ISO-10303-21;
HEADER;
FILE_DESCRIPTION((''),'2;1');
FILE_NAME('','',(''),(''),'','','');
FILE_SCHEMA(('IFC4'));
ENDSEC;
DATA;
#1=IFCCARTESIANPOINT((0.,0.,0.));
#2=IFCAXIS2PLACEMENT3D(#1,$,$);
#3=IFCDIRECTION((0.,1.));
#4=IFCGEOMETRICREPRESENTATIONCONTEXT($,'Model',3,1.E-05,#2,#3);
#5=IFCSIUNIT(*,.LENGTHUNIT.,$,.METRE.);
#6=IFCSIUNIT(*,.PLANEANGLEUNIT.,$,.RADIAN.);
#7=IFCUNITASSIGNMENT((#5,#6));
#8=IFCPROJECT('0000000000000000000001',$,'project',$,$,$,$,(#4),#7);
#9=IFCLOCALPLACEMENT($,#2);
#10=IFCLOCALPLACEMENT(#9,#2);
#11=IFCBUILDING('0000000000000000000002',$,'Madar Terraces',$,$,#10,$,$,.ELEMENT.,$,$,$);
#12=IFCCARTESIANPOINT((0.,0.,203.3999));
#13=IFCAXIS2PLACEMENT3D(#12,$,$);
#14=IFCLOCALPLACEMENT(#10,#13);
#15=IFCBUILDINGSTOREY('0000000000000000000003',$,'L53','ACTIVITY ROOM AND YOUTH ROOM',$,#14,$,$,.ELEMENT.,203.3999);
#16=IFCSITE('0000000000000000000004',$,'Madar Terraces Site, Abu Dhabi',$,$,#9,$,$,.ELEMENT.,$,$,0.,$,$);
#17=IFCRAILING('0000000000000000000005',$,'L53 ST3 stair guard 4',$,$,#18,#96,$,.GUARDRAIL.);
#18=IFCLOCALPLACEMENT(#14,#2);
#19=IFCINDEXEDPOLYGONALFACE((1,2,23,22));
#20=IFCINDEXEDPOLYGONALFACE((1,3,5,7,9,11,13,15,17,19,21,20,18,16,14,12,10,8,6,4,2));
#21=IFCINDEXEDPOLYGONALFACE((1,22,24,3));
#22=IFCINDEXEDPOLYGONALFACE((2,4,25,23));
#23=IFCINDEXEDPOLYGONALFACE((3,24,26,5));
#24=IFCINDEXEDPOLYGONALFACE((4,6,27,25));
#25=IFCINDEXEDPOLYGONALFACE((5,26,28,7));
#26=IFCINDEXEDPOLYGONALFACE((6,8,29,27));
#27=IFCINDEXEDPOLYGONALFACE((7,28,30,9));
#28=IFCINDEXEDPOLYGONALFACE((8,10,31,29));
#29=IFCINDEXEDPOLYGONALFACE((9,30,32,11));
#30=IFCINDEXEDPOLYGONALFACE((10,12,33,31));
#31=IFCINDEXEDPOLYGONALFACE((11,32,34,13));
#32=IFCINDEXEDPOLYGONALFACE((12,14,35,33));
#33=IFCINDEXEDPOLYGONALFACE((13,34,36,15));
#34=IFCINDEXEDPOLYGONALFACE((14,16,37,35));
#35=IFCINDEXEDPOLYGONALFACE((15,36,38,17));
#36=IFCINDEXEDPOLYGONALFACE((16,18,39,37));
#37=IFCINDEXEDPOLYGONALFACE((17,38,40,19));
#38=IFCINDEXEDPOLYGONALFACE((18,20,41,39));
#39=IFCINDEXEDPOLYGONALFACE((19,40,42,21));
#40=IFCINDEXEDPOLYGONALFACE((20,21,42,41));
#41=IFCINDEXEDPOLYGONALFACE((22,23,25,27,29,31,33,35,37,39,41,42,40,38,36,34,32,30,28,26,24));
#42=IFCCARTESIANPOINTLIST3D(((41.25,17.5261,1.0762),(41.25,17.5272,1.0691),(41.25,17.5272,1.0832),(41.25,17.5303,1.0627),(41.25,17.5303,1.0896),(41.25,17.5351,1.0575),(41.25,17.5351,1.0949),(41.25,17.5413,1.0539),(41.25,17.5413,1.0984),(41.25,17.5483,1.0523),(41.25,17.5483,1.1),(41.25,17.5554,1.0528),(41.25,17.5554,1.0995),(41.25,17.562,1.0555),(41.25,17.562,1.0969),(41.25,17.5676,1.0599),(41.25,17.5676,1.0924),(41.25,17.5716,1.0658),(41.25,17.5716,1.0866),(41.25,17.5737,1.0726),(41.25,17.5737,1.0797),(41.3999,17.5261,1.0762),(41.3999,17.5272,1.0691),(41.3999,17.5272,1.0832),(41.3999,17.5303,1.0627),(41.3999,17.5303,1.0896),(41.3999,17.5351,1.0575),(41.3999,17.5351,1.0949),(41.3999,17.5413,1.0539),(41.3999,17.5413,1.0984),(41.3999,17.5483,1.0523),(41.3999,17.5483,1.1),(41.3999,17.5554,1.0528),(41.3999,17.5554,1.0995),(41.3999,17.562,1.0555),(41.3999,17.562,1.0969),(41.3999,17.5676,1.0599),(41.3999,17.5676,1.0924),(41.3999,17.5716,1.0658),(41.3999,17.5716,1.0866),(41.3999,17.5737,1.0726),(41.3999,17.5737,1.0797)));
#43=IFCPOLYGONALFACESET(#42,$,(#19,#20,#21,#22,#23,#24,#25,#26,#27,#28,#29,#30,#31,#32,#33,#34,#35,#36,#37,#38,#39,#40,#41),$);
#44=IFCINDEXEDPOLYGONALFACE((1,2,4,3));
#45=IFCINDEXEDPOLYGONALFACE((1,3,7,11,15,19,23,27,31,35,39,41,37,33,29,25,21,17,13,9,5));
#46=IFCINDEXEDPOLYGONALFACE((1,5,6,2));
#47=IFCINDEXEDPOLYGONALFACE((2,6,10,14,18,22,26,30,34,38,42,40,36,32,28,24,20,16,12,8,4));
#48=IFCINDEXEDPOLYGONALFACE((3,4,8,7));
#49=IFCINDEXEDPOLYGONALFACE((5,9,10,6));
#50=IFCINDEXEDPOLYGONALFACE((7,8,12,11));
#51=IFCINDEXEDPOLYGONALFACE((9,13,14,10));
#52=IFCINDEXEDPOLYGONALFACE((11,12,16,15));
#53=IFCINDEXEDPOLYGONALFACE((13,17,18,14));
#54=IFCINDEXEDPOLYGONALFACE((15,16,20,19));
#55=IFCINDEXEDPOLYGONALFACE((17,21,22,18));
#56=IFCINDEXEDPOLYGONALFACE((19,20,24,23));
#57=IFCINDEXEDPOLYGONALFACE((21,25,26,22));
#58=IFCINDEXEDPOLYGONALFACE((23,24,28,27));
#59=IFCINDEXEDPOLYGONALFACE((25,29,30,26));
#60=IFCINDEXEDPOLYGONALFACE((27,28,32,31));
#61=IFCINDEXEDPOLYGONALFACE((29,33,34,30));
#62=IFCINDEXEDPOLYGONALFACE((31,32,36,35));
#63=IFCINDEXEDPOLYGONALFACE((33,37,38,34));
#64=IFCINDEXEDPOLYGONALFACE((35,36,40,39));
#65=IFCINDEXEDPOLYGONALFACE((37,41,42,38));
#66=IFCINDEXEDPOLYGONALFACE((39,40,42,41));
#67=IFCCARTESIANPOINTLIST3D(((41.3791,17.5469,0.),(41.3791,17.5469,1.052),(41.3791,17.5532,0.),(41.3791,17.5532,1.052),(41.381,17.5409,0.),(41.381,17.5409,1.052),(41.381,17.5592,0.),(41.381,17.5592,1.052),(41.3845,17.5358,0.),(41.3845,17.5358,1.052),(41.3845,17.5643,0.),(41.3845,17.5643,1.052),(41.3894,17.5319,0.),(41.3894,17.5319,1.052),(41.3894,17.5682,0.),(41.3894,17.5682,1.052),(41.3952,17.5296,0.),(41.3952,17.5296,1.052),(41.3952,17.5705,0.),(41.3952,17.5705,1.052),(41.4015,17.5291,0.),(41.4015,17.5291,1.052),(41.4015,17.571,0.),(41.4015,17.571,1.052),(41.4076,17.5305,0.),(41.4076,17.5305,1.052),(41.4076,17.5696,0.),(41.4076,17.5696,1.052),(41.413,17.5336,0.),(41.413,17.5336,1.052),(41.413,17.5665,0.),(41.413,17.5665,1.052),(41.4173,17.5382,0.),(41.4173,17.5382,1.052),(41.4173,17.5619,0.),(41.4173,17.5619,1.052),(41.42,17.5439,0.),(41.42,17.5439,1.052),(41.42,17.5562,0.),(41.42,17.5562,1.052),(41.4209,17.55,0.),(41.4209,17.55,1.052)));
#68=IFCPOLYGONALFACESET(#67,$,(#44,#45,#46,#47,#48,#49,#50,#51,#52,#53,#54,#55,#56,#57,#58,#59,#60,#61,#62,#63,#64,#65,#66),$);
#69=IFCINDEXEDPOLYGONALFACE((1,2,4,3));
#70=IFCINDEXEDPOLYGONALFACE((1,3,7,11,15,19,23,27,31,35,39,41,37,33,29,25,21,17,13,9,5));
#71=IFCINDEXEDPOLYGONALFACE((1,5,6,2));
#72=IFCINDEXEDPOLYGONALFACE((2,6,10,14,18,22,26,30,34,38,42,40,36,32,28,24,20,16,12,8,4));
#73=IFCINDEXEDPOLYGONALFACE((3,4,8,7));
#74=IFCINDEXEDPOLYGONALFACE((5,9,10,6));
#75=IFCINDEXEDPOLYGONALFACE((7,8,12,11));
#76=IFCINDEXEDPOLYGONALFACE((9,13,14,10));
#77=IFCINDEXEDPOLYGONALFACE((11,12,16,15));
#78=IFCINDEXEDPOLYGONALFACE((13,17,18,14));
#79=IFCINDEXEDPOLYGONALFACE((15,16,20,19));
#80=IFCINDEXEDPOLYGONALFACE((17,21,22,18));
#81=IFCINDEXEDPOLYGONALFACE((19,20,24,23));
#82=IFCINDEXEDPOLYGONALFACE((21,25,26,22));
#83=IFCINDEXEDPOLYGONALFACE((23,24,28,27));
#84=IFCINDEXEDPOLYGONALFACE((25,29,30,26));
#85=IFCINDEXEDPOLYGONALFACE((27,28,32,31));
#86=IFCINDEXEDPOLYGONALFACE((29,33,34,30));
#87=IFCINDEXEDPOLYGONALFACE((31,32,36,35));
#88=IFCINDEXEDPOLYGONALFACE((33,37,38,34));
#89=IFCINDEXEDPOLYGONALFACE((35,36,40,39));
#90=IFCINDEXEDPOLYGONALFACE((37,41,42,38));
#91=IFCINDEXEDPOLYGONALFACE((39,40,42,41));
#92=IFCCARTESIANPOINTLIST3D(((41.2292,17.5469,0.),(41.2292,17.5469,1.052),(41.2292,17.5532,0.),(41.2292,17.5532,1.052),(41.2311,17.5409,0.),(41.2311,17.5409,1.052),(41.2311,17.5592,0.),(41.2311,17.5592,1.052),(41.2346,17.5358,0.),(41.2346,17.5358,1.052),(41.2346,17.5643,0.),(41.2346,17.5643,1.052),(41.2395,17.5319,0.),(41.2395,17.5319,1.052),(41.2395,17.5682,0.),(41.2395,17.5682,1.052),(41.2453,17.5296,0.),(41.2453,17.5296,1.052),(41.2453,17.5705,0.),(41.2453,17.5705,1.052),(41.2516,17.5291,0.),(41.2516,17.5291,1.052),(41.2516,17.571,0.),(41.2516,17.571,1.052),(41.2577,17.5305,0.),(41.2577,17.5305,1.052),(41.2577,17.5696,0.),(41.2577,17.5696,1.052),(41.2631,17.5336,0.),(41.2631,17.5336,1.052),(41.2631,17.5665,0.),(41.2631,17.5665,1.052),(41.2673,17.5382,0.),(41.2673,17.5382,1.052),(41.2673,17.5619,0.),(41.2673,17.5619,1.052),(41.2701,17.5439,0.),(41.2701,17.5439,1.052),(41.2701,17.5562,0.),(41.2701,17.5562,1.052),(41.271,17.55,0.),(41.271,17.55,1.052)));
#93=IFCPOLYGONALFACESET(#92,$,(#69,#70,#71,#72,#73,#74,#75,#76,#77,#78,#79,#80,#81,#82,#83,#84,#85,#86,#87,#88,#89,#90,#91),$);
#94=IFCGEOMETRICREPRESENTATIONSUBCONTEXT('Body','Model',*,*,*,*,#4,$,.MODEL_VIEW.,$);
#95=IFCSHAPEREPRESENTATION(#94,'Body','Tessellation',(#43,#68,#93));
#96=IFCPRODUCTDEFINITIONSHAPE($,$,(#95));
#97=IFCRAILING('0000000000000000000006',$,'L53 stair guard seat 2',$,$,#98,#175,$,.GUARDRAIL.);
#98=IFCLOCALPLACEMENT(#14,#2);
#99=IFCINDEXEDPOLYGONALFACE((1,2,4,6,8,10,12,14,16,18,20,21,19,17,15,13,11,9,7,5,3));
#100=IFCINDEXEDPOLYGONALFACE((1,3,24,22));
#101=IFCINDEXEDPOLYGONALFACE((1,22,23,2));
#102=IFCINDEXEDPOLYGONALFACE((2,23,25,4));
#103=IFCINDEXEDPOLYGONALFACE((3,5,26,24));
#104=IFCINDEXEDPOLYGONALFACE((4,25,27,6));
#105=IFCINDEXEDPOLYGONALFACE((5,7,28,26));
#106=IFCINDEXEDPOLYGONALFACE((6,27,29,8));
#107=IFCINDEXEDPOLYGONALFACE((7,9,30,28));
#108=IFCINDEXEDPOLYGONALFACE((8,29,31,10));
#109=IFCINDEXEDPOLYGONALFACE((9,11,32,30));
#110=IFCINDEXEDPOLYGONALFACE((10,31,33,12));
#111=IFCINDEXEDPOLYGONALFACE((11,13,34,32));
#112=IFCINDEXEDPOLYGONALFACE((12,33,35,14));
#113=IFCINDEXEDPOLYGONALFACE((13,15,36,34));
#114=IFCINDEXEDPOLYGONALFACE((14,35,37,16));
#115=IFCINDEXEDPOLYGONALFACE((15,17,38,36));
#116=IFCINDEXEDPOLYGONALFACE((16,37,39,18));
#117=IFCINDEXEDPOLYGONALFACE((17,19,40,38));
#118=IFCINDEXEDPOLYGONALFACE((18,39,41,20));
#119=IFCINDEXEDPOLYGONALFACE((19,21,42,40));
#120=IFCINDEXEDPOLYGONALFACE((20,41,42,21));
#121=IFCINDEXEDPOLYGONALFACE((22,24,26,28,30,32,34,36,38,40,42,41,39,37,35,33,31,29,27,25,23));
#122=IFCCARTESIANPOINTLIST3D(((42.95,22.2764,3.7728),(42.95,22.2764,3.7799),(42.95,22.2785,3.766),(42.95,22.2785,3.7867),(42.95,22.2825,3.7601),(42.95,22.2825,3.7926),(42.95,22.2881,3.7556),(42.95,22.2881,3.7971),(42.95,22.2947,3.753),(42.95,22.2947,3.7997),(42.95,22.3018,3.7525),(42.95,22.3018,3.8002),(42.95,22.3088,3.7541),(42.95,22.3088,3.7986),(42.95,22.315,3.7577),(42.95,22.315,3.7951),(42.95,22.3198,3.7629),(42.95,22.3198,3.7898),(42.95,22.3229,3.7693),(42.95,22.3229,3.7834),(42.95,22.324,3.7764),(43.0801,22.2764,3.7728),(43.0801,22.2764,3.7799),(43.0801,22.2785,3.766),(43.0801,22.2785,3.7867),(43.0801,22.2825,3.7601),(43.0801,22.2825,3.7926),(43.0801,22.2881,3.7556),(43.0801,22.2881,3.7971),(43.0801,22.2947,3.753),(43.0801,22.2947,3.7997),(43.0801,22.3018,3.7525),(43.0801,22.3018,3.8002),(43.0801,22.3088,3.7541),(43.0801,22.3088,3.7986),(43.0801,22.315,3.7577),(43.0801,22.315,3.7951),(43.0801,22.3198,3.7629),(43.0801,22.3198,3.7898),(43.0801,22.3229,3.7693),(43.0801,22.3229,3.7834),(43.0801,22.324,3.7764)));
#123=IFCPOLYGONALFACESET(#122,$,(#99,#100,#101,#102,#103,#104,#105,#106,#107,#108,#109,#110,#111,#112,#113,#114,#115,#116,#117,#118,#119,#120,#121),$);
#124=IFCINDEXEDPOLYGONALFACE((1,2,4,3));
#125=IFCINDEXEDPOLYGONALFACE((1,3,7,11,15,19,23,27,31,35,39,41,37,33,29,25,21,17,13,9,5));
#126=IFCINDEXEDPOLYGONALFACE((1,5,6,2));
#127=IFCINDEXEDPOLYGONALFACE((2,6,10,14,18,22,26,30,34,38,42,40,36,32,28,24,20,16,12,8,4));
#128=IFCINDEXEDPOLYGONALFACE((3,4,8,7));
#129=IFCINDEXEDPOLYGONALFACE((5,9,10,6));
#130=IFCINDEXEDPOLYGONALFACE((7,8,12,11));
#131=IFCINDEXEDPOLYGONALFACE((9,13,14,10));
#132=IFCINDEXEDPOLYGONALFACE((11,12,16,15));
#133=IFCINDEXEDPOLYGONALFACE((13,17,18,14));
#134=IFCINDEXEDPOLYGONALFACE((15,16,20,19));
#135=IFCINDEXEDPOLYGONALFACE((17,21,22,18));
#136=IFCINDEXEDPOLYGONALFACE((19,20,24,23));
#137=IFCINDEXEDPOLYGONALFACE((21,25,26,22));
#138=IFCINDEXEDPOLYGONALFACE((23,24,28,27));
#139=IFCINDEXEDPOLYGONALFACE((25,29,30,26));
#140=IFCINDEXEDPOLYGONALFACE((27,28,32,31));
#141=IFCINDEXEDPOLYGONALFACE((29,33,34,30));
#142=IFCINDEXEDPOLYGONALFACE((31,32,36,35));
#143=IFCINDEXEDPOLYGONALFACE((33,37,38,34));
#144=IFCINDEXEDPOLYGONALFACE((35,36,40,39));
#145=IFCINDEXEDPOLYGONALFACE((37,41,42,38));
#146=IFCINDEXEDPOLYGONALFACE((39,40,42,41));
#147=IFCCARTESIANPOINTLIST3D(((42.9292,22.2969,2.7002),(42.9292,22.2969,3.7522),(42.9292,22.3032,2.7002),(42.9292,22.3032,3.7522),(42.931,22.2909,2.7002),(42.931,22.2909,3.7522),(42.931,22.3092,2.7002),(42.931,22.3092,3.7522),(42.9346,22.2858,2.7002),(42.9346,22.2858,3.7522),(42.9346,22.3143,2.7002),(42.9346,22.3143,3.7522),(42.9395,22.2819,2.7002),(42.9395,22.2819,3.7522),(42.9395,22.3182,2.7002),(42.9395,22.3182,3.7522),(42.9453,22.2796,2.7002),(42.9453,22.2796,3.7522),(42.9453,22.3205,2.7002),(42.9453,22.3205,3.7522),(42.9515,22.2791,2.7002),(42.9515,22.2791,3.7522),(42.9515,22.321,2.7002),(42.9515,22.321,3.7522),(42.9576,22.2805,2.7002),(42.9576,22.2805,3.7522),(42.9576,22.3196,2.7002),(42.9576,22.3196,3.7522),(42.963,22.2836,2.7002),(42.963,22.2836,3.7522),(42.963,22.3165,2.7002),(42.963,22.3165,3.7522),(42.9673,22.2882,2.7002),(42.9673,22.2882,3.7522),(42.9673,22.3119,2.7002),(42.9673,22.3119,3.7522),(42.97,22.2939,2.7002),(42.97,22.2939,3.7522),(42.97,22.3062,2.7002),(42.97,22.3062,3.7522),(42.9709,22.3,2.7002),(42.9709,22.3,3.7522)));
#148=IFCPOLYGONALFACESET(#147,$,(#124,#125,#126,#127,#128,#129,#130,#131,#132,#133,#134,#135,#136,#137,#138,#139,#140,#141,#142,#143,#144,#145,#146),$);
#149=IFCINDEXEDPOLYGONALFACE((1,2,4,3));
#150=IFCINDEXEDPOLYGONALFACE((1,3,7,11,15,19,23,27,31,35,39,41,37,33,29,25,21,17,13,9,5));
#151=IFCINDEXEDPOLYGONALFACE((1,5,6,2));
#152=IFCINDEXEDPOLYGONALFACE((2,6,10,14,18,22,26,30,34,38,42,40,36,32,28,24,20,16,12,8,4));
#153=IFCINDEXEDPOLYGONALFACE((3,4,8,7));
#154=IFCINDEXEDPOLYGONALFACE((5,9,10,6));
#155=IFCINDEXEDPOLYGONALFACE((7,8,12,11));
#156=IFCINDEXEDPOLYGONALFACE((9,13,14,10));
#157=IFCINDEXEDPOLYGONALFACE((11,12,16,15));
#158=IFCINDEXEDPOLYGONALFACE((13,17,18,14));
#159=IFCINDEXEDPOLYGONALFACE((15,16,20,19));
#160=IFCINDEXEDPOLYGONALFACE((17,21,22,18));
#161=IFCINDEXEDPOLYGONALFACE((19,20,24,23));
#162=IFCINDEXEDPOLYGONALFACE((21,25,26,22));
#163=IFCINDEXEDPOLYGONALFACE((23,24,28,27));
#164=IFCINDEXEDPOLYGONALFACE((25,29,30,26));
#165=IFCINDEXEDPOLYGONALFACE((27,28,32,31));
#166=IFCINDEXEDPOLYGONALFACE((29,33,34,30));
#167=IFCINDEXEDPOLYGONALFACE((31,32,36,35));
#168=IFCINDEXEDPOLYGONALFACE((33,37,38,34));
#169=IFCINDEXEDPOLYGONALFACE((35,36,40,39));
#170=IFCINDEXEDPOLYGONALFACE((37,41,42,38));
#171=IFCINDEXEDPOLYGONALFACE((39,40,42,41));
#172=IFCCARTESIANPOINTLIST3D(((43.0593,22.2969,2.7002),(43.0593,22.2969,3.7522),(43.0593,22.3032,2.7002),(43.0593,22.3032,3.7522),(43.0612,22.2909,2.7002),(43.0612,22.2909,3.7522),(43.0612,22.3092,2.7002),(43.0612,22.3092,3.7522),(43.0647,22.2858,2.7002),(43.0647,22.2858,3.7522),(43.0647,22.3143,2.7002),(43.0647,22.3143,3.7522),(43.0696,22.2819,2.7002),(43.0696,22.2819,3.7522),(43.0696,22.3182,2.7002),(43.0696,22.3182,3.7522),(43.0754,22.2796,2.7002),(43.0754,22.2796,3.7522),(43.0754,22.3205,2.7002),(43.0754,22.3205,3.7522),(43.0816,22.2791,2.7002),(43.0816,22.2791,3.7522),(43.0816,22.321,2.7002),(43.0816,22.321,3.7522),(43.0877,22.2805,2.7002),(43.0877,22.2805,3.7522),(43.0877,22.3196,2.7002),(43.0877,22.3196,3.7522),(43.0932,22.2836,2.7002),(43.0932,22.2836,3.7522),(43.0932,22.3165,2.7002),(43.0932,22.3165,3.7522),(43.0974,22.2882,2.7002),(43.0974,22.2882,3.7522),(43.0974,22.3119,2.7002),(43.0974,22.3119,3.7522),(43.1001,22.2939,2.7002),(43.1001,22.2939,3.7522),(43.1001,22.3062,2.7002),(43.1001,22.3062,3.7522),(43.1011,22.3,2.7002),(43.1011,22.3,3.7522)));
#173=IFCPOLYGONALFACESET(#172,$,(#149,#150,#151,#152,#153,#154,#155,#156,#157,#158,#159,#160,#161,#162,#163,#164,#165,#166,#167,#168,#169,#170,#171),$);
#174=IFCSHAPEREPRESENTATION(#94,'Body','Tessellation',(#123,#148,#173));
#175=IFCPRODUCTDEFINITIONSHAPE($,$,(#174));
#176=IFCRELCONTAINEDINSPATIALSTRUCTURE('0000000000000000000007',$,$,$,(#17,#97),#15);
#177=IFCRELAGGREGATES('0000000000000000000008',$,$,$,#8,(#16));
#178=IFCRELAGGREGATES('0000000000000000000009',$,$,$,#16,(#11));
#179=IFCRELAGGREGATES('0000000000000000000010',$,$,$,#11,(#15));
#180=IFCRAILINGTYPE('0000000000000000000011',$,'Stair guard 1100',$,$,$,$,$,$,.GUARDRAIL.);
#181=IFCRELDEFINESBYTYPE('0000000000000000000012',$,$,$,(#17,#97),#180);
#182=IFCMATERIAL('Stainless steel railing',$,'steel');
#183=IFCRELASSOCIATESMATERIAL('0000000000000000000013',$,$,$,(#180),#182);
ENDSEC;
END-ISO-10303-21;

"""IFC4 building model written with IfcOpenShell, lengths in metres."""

from ifc_helpers import new_model, si_unit, direction, frame, origin, origin_2d, place, context, subcontext, project, spatial, circle, extrude, material, type_object, element, save


model = new_model("IFC4")

# Units and contexts
model_context = context("Model", 3, precision=1e-05, world=origin(), true_north=direction((0.0, 1.0)))
body_context = subcontext(model_context, "Body", "Model", "MODEL_VIEW")
ifc_project = project(units=[si_unit("LENGTHUNIT", "METRE"), si_unit("PLANEANGLEUNIT", "RADIAN")], contexts=[model_context])

# Site, building, storey
site_placement = place(None, origin())
site = spatial("IfcSite", under=ifc_project, at=site_placement, Name="Madar Terraces Site, Abu Dhabi", CompositionType="ELEMENT", RefElevation=0.0)
building_placement = place(site_placement, origin())
building = spatial("IfcBuilding", under=site, at=building_placement, Name="Madar Terraces", CompositionType="ELEMENT")
storey_placement = place(building_placement, frame((0.0, 0.0, 203.3999)))
storey = spatial("IfcBuildingStorey", under=building, at=storey_placement, Name="L53", Description="ACTIVITY ROOM AND YOUTH ROOM", CompositionType="ELEMENT", Elevation=203.3999)

# Railings
ifc_material_1 = material(Name="Stainless steel railing", Category="steel")
railing_type_1 = type_object("IfcRailingType", Name="Stair guard 1100", PredefinedType="GUARDRAIL", material=ifc_material_1)
railing_1_placement = place(storey_placement, frame((41.3999, 17.55, 0.0)))
element("IfcRailing", 1, at=railing_1_placement, inside=storey, type_object=railing_type_1, Name="L53 ST3 stair guard 4", PredefinedType="GUARDRAIL", context=body_context, shape_type="SweptSolid", body=[
    extrude(circle(Radius=0.0239, at=origin_2d()), frame((0.0, 0.0, 1.0762), z_axis=(-1.0, 0.0, 0.0), x_axis=(0.0, -1.0, 0.0)), (0.0, 0.0, 1.0), 0.1499),
    extrude(circle(Radius=0.021, at=origin_2d()), origin(), (0.0, 0.0, 1.0), 1.052),
    extrude(circle(Radius=0.021, at=origin_2d()), frame((-0.1499, 0.0, 0.0)), (0.0, 0.0, 1.0), 1.052),
])
for number, where, name in (
    (2, (42.95, 22.3, 2.7002), "L53 stair guard seat 2"),
):
    element("IfcRailing", number, at=place(storey_placement, frame(where)), inside=storey, type_object=railing_type_1, Name=name, PredefinedType="GUARDRAIL", context=body_context, shape_type="SweptSolid", body=[
        extrude(circle(Radius=0.0239, at=origin_2d()), frame((0.0, 0.0, 1.0762), z_axis=(1.0, 0.0, 0.0), x_axis=(0.0, 1.0, 0.0)), (0.0, 0.0, 1.0), 0.1301),
        extrude(circle(Radius=0.021, at=origin_2d()), origin(), (0.0, 0.0, 1.0), 1.052),
        extrude(circle(Radius=0.021, at=origin_2d()), frame((0.1301, 0.0, 0.0)), (0.0, 0.0, 1.0), 1.052),
    ])

save(model, "model.ifc")
